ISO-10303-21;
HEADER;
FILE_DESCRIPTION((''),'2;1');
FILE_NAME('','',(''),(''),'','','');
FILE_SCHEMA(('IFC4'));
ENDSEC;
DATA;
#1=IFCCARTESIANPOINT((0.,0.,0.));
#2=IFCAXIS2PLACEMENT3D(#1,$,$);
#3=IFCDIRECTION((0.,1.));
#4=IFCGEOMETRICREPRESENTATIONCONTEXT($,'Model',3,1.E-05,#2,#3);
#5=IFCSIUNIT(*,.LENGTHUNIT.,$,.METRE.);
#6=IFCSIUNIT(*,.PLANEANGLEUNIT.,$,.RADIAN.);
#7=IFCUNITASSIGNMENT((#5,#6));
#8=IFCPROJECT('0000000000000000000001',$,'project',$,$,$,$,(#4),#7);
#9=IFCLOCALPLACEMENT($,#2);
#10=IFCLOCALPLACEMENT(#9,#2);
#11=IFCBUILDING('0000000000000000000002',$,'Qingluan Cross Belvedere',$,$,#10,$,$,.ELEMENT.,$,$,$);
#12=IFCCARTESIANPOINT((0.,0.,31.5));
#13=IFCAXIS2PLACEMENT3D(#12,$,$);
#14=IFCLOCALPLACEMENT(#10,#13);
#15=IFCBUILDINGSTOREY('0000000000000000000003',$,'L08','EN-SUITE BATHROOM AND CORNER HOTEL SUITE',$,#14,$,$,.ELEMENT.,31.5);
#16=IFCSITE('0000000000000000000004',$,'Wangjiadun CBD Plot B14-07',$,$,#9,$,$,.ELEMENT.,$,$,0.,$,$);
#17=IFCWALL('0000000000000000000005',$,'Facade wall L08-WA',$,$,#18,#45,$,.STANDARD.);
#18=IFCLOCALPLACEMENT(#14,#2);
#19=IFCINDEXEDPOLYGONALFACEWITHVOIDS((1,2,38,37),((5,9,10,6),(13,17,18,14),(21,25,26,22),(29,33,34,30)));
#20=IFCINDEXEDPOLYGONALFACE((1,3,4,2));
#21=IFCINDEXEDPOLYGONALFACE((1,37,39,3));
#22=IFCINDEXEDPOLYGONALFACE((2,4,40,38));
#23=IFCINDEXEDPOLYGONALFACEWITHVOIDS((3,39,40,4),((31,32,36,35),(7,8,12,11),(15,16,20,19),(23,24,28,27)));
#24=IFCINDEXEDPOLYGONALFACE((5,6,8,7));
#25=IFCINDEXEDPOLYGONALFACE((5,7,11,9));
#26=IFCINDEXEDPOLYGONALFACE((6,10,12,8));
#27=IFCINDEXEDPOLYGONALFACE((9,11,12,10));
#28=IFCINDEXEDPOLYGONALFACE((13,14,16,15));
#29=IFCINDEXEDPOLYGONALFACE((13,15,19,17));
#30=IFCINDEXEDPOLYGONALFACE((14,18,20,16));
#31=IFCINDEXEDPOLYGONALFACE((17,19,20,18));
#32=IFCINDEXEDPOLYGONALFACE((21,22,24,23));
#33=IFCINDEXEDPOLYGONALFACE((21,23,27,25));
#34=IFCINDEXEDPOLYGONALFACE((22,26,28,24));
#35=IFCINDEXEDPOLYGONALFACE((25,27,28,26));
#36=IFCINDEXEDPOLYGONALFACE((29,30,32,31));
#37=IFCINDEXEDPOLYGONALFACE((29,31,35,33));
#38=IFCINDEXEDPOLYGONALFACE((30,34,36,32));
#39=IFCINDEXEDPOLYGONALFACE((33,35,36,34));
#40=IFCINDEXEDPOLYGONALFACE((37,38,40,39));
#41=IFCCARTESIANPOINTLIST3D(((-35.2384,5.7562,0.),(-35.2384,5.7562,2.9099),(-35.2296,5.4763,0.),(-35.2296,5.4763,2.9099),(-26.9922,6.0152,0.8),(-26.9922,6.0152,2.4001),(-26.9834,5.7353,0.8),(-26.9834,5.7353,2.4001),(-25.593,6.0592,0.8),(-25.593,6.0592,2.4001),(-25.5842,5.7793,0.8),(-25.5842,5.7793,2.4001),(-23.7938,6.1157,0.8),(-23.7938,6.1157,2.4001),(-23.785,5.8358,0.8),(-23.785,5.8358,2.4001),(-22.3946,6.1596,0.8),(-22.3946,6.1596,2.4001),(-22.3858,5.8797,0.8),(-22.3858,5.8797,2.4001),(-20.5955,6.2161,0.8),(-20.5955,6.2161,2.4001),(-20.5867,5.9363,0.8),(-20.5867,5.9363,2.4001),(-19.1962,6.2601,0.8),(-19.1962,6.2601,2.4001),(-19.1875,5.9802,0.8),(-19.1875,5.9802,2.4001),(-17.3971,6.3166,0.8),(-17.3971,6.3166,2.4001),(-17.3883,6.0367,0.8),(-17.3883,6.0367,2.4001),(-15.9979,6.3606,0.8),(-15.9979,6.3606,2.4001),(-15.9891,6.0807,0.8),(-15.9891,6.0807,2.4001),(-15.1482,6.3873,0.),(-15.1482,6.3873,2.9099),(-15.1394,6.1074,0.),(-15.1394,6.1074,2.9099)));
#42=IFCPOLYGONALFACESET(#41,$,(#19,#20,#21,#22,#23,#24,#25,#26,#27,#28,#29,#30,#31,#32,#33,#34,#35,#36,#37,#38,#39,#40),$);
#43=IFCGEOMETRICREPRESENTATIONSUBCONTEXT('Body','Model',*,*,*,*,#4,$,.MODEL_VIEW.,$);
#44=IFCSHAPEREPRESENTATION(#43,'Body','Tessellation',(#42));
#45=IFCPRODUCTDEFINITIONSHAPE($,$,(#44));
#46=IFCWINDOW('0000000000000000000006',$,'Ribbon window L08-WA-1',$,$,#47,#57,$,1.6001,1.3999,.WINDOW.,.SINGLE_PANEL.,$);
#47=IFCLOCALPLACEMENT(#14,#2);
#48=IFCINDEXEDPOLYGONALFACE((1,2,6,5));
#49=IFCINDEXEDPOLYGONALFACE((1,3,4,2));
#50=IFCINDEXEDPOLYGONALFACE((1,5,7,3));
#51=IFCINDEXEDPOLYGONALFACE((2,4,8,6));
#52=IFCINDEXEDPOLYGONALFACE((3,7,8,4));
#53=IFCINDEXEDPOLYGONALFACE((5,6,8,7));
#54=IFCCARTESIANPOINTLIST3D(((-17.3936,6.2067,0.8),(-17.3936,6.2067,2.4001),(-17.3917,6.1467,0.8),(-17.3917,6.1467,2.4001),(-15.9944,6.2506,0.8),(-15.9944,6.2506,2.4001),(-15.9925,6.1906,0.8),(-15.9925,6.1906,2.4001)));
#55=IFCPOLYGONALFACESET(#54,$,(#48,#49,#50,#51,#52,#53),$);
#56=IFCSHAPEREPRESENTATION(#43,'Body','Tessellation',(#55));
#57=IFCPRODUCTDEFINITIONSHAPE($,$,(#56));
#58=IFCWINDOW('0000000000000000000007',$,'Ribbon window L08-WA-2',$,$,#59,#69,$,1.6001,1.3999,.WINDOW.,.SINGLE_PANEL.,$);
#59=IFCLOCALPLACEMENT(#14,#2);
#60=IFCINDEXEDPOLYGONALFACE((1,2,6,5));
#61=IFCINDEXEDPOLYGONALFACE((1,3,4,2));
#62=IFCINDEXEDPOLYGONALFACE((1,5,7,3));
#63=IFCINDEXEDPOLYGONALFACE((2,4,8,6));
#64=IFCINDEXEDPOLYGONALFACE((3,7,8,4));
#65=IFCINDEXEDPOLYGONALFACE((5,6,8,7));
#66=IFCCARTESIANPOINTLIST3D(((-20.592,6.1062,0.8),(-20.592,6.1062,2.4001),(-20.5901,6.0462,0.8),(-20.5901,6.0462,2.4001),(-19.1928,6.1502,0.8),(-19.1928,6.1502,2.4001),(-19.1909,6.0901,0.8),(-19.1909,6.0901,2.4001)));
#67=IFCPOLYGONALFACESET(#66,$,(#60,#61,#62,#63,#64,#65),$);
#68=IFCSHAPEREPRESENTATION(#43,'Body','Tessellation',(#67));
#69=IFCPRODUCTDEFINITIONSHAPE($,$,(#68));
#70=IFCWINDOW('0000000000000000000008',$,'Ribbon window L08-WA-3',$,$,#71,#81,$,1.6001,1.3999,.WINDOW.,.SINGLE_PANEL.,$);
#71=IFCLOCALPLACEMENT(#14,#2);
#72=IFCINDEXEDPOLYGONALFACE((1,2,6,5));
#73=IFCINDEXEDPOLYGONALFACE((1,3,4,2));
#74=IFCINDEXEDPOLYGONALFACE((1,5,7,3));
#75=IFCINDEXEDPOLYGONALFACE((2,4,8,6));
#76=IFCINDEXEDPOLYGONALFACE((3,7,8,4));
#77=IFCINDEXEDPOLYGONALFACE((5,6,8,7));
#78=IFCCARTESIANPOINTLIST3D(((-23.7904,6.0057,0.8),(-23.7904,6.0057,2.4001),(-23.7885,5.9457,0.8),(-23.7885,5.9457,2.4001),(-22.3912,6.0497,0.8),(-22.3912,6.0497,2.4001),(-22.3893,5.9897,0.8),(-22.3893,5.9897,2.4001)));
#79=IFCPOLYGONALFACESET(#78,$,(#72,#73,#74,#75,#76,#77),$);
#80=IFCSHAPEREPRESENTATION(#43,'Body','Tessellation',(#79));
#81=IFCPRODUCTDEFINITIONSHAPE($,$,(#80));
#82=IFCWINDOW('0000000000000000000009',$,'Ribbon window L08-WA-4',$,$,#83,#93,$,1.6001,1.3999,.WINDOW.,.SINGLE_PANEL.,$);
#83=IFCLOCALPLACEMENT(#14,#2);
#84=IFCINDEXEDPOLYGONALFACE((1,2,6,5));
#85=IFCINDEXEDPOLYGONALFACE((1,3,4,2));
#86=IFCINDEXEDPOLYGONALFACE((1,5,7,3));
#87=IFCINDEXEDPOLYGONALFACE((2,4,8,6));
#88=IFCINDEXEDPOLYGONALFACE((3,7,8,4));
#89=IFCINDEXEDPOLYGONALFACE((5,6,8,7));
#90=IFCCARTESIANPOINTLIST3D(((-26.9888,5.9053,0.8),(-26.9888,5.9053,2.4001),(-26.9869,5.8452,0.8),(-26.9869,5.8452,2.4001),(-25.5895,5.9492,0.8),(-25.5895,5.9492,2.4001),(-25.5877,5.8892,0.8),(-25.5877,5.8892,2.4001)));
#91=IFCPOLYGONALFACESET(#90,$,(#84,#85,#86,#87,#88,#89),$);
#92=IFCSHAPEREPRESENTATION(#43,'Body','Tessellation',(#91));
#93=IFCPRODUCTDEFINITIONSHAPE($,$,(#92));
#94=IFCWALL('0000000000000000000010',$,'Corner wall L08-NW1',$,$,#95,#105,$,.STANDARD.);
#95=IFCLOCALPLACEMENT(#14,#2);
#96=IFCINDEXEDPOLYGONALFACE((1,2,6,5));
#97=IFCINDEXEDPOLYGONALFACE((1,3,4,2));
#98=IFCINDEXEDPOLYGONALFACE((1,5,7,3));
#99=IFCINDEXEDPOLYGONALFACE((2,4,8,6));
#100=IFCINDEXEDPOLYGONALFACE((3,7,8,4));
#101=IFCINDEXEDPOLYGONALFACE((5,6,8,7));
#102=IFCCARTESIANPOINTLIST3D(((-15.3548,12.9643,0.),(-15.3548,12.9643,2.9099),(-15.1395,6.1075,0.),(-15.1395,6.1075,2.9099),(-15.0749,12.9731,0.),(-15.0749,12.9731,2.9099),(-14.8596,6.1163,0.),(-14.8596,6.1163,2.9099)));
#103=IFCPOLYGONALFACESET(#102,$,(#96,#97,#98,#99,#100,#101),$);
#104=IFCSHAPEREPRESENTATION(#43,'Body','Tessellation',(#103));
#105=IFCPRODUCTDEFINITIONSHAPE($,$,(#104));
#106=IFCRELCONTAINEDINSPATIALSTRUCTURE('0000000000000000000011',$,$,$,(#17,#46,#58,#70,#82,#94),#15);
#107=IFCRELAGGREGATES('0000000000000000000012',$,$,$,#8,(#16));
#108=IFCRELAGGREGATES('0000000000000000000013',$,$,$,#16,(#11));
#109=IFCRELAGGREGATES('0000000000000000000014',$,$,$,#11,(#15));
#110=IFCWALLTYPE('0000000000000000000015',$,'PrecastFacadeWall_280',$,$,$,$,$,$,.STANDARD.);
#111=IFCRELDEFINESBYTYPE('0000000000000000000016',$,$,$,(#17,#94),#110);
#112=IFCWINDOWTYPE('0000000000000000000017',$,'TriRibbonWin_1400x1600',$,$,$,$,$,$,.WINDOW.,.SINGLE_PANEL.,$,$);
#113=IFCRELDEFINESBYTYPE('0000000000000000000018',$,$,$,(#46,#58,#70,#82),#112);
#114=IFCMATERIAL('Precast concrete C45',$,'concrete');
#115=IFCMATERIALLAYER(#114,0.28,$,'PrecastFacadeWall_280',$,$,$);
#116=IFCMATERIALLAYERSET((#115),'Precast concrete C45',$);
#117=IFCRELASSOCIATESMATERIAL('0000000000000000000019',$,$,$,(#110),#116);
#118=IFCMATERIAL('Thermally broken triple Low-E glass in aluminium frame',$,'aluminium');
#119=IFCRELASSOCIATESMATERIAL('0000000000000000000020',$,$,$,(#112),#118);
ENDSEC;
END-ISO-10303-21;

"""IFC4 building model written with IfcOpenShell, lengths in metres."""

from ifc_helpers import new_model, si_unit, direction, frame, frame_2d, origin, place, context, subcontext, project, spatial, rectangle, extrude, material, layer, layer_set, type_object, element, fill, save


model = new_model("IFC4")

# Units and contexts
model_context = context("Model", 3, precision=1e-05, world=origin(), true_north=direction((0.0, 1.0)))
body_context = subcontext(model_context, "Body", "Model", "MODEL_VIEW")
ifc_project = project(units=[si_unit("LENGTHUNIT", "METRE"), si_unit("PLANEANGLEUNIT", "RADIAN")], contexts=[model_context])

# Site, building, storey
site_placement = place(None, origin())
site = spatial("IfcSite", under=ifc_project, at=site_placement, Name="Wangjiadun CBD Plot B14-07", CompositionType="ELEMENT", RefElevation=0.0)
building_placement = place(site_placement, origin())
building = spatial("IfcBuilding", under=site, at=building_placement, Name="Qingluan Cross Belvedere", CompositionType="ELEMENT")
storey_placement = place(building_placement, frame((0.0, 0.0, 31.5)))
storey = spatial("IfcBuildingStorey", under=building, at=storey_placement, Name="L08", Description="EN-SUITE BATHROOM AND CORNER HOTEL SUITE", CompositionType="ELEMENT", Elevation=31.5)

# Wall, openings, windows
ifc_material_1 = material(Name="Precast concrete C45", Category="concrete")
ifc_layer_1 = layer(ifc_material_1, 0.28, Name="PrecastFacadeWall_280")
ifc_layer_set_1 = layer_set([ifc_layer_1], Name="Precast concrete C45")
wall_type_1 = type_object("IfcWallType", Name="PrecastFacadeWall_280", PredefinedType="STANDARD", material=ifc_layer_set_1)
wall_1_placement = place(storey_placement, frame((-15.1438, 6.2473, 0.0), z_axis=(0.0, 0.0, 1.0), x_axis=(-0.999507, -0.031398, 0.0)))
wall_1 = element("IfcWall", 1, at=wall_1_placement, inside=storey, type_object=wall_type_1, Name="Facade wall L08-WA", PredefinedType="STANDARD", context=body_context, shape_type="SweptSolid", body=[
    extrude(rectangle(XDim=20.1001, YDim=0.28, at=frame_2d((10.05, 0.0))), origin(), (0.0, 0.0, 1.0), 2.9099),
])
opening_1_placement = place(wall_1_placement, frame((0.8501, 0.0, 0.8)))
opening_1 = element("IfcOpeningElement", 2, at=opening_1_placement, cuts=wall_1, PredefinedType="OPENING", context=body_context, shape_type="SweptSolid", body=[
    extrude(rectangle(XDim=1.3999, YDim=1.6001, at=frame_2d((0.7, 0.8))), frame((0.0, 0.1499, 0.0), z_axis=(0.0, -1.0, 0.0), x_axis=(1.0, 0.0, 0.0)), (0.0, 0.0, 1.0), 0.3),
])
opening_2_placement = place(wall_1_placement, frame((4.05, 0.0, 0.8)))
opening_2 = element("IfcOpeningElement", 3, at=opening_2_placement, cuts=wall_1, PredefinedType="OPENING", context=body_context, shape_type="SweptSolid", body=[
    extrude(rectangle(XDim=1.3999, YDim=1.6001, at=frame_2d((0.7, 0.8))), frame((0.0, 0.1499, 0.0), z_axis=(0.0, -1.0, 0.0), x_axis=(1.0, 0.0, 0.0)), (0.0, 0.0, 1.0), 0.3),
])
opening_3_placement = place(wall_1_placement, frame((7.25, 0.0, 0.8)))
opening_3 = element("IfcOpeningElement", 4, at=opening_3_placement, cuts=wall_1, PredefinedType="OPENING", context=body_context, shape_type="SweptSolid", body=[
    extrude(rectangle(XDim=1.3999, YDim=1.6001, at=frame_2d((0.7, 0.8))), frame((0.0, 0.1499, 0.0), z_axis=(0.0, -1.0, 0.0), x_axis=(1.0, 0.0, 0.0)), (0.0, 0.0, 1.0), 0.3),
])
opening_4_placement = place(wall_1_placement, frame((10.45, 0.0, 0.8)))
opening_4 = element("IfcOpeningElement", 5, at=opening_4_placement, cuts=wall_1, PredefinedType="OPENING", context=body_context, shape_type="SweptSolid", body=[
    extrude(rectangle(XDim=1.3999, YDim=1.6001, at=frame_2d((0.7, 0.8))), frame((0.0, 0.1499, 0.0), z_axis=(0.0, -1.0, 0.0), x_axis=(1.0, 0.0, 0.0)), (0.0, 0.0, 1.0), 0.3),
])
ifc_material_2 = material(Name="Thermally broken triple Low-E glass in aluminium frame", Category="aluminium")
window_type = type_object("IfcWindowType", Name="TriRibbonWin_1400x1600", PartitioningType="SINGLE_PANEL", PredefinedType="WINDOW", material=ifc_material_2)
window_1_placement = place(opening_1_placement, origin())
window_1 = element("IfcWindow", 6, at=window_1_placement, inside=storey, type_object=window_type, Name="Ribbon window L08-WA-1", OverallHeight=1.6001, OverallWidth=1.3999, PartitioningType="SINGLE_PANEL", PredefinedType="WINDOW", context=body_context, shape_type="SweptSolid", body=[
    extrude(rectangle(XDim=1.3999, YDim=1.6001, at=frame_2d((0.7, 0.8))), frame((0.0, 0.03, 0.0), z_axis=(0.0, -1.0, 0.0), x_axis=(1.0, 0.0, 0.0)), (0.0, 0.0, 1.0), 0.0601),
])
fill(opening_1, window_1)
window_2_placement = place(opening_2_placement, origin())
window_2 = element("IfcWindow", 7, at=window_2_placement, inside=storey, type_object=window_type, Name="Ribbon window L08-WA-2", OverallHeight=1.6001, OverallWidth=1.3999, PartitioningType="SINGLE_PANEL", PredefinedType="WINDOW", context=body_context, shape_type="SweptSolid", body=[
    extrude(rectangle(XDim=1.3999, YDim=1.6001, at=frame_2d((0.7, 0.8))), frame((0.0, 0.03, 0.0), z_axis=(0.0, -1.0, 0.0), x_axis=(1.0, 0.0, 0.0)), (0.0, 0.0, 1.0), 0.0601),
])
fill(opening_2, window_2)
window_3_placement = place(opening_3_placement, origin())
window_3 = element("IfcWindow", 8, at=window_3_placement, inside=storey, type_object=window_type, Name="Ribbon window L08-WA-3", OverallHeight=1.6001, OverallWidth=1.3999, PartitioningType="SINGLE_PANEL", PredefinedType="WINDOW", context=body_context, shape_type="SweptSolid", body=[
    extrude(rectangle(XDim=1.3999, YDim=1.6001, at=frame_2d((0.7, 0.8))), frame((0.0, 0.03, 0.0), z_axis=(0.0, -1.0, 0.0), x_axis=(1.0, 0.0, 0.0)), (0.0, 0.0, 1.0), 0.0601),
])
fill(opening_3, window_3)
window_4_placement = place(opening_4_placement, origin())
window_4 = element("IfcWindow", 9, at=window_4_placement, inside=storey, type_object=window_type, Name="Ribbon window L08-WA-4", OverallHeight=1.6001, OverallWidth=1.3999, PartitioningType="SINGLE_PANEL", PredefinedType="WINDOW", context=body_context, shape_type="SweptSolid", body=[
    extrude(rectangle(XDim=1.3999, YDim=1.6001, at=frame_2d((0.7, 0.8))), frame((0.0, 0.03, 0.0), z_axis=(0.0, -1.0, 0.0), x_axis=(1.0, 0.0, 0.0)), (0.0, 0.0, 1.0), 0.0601),
])
fill(opening_4, window_4)

# Wall
wall_2_placement = place(storey_placement, frame((-14.9995, 6.1118, 0.0), z_axis=(0.0, 0.0, 1.0), x_axis=(-0.031389, 0.999507, 0.0)))
element("IfcWall", 10, at=wall_2_placement, inside=storey, type_object=wall_type_1, Name="Corner wall L08-NW1", PredefinedType="STANDARD", context=body_context, shape_type="SweptSolid", body=[
    extrude(rectangle(XDim=6.8601, YDim=0.28, at=frame_2d((3.4302, 0.0))), origin(), (0.0, 0.0, 1.0), 2.9099),
])

save(model, "model.ifc")
